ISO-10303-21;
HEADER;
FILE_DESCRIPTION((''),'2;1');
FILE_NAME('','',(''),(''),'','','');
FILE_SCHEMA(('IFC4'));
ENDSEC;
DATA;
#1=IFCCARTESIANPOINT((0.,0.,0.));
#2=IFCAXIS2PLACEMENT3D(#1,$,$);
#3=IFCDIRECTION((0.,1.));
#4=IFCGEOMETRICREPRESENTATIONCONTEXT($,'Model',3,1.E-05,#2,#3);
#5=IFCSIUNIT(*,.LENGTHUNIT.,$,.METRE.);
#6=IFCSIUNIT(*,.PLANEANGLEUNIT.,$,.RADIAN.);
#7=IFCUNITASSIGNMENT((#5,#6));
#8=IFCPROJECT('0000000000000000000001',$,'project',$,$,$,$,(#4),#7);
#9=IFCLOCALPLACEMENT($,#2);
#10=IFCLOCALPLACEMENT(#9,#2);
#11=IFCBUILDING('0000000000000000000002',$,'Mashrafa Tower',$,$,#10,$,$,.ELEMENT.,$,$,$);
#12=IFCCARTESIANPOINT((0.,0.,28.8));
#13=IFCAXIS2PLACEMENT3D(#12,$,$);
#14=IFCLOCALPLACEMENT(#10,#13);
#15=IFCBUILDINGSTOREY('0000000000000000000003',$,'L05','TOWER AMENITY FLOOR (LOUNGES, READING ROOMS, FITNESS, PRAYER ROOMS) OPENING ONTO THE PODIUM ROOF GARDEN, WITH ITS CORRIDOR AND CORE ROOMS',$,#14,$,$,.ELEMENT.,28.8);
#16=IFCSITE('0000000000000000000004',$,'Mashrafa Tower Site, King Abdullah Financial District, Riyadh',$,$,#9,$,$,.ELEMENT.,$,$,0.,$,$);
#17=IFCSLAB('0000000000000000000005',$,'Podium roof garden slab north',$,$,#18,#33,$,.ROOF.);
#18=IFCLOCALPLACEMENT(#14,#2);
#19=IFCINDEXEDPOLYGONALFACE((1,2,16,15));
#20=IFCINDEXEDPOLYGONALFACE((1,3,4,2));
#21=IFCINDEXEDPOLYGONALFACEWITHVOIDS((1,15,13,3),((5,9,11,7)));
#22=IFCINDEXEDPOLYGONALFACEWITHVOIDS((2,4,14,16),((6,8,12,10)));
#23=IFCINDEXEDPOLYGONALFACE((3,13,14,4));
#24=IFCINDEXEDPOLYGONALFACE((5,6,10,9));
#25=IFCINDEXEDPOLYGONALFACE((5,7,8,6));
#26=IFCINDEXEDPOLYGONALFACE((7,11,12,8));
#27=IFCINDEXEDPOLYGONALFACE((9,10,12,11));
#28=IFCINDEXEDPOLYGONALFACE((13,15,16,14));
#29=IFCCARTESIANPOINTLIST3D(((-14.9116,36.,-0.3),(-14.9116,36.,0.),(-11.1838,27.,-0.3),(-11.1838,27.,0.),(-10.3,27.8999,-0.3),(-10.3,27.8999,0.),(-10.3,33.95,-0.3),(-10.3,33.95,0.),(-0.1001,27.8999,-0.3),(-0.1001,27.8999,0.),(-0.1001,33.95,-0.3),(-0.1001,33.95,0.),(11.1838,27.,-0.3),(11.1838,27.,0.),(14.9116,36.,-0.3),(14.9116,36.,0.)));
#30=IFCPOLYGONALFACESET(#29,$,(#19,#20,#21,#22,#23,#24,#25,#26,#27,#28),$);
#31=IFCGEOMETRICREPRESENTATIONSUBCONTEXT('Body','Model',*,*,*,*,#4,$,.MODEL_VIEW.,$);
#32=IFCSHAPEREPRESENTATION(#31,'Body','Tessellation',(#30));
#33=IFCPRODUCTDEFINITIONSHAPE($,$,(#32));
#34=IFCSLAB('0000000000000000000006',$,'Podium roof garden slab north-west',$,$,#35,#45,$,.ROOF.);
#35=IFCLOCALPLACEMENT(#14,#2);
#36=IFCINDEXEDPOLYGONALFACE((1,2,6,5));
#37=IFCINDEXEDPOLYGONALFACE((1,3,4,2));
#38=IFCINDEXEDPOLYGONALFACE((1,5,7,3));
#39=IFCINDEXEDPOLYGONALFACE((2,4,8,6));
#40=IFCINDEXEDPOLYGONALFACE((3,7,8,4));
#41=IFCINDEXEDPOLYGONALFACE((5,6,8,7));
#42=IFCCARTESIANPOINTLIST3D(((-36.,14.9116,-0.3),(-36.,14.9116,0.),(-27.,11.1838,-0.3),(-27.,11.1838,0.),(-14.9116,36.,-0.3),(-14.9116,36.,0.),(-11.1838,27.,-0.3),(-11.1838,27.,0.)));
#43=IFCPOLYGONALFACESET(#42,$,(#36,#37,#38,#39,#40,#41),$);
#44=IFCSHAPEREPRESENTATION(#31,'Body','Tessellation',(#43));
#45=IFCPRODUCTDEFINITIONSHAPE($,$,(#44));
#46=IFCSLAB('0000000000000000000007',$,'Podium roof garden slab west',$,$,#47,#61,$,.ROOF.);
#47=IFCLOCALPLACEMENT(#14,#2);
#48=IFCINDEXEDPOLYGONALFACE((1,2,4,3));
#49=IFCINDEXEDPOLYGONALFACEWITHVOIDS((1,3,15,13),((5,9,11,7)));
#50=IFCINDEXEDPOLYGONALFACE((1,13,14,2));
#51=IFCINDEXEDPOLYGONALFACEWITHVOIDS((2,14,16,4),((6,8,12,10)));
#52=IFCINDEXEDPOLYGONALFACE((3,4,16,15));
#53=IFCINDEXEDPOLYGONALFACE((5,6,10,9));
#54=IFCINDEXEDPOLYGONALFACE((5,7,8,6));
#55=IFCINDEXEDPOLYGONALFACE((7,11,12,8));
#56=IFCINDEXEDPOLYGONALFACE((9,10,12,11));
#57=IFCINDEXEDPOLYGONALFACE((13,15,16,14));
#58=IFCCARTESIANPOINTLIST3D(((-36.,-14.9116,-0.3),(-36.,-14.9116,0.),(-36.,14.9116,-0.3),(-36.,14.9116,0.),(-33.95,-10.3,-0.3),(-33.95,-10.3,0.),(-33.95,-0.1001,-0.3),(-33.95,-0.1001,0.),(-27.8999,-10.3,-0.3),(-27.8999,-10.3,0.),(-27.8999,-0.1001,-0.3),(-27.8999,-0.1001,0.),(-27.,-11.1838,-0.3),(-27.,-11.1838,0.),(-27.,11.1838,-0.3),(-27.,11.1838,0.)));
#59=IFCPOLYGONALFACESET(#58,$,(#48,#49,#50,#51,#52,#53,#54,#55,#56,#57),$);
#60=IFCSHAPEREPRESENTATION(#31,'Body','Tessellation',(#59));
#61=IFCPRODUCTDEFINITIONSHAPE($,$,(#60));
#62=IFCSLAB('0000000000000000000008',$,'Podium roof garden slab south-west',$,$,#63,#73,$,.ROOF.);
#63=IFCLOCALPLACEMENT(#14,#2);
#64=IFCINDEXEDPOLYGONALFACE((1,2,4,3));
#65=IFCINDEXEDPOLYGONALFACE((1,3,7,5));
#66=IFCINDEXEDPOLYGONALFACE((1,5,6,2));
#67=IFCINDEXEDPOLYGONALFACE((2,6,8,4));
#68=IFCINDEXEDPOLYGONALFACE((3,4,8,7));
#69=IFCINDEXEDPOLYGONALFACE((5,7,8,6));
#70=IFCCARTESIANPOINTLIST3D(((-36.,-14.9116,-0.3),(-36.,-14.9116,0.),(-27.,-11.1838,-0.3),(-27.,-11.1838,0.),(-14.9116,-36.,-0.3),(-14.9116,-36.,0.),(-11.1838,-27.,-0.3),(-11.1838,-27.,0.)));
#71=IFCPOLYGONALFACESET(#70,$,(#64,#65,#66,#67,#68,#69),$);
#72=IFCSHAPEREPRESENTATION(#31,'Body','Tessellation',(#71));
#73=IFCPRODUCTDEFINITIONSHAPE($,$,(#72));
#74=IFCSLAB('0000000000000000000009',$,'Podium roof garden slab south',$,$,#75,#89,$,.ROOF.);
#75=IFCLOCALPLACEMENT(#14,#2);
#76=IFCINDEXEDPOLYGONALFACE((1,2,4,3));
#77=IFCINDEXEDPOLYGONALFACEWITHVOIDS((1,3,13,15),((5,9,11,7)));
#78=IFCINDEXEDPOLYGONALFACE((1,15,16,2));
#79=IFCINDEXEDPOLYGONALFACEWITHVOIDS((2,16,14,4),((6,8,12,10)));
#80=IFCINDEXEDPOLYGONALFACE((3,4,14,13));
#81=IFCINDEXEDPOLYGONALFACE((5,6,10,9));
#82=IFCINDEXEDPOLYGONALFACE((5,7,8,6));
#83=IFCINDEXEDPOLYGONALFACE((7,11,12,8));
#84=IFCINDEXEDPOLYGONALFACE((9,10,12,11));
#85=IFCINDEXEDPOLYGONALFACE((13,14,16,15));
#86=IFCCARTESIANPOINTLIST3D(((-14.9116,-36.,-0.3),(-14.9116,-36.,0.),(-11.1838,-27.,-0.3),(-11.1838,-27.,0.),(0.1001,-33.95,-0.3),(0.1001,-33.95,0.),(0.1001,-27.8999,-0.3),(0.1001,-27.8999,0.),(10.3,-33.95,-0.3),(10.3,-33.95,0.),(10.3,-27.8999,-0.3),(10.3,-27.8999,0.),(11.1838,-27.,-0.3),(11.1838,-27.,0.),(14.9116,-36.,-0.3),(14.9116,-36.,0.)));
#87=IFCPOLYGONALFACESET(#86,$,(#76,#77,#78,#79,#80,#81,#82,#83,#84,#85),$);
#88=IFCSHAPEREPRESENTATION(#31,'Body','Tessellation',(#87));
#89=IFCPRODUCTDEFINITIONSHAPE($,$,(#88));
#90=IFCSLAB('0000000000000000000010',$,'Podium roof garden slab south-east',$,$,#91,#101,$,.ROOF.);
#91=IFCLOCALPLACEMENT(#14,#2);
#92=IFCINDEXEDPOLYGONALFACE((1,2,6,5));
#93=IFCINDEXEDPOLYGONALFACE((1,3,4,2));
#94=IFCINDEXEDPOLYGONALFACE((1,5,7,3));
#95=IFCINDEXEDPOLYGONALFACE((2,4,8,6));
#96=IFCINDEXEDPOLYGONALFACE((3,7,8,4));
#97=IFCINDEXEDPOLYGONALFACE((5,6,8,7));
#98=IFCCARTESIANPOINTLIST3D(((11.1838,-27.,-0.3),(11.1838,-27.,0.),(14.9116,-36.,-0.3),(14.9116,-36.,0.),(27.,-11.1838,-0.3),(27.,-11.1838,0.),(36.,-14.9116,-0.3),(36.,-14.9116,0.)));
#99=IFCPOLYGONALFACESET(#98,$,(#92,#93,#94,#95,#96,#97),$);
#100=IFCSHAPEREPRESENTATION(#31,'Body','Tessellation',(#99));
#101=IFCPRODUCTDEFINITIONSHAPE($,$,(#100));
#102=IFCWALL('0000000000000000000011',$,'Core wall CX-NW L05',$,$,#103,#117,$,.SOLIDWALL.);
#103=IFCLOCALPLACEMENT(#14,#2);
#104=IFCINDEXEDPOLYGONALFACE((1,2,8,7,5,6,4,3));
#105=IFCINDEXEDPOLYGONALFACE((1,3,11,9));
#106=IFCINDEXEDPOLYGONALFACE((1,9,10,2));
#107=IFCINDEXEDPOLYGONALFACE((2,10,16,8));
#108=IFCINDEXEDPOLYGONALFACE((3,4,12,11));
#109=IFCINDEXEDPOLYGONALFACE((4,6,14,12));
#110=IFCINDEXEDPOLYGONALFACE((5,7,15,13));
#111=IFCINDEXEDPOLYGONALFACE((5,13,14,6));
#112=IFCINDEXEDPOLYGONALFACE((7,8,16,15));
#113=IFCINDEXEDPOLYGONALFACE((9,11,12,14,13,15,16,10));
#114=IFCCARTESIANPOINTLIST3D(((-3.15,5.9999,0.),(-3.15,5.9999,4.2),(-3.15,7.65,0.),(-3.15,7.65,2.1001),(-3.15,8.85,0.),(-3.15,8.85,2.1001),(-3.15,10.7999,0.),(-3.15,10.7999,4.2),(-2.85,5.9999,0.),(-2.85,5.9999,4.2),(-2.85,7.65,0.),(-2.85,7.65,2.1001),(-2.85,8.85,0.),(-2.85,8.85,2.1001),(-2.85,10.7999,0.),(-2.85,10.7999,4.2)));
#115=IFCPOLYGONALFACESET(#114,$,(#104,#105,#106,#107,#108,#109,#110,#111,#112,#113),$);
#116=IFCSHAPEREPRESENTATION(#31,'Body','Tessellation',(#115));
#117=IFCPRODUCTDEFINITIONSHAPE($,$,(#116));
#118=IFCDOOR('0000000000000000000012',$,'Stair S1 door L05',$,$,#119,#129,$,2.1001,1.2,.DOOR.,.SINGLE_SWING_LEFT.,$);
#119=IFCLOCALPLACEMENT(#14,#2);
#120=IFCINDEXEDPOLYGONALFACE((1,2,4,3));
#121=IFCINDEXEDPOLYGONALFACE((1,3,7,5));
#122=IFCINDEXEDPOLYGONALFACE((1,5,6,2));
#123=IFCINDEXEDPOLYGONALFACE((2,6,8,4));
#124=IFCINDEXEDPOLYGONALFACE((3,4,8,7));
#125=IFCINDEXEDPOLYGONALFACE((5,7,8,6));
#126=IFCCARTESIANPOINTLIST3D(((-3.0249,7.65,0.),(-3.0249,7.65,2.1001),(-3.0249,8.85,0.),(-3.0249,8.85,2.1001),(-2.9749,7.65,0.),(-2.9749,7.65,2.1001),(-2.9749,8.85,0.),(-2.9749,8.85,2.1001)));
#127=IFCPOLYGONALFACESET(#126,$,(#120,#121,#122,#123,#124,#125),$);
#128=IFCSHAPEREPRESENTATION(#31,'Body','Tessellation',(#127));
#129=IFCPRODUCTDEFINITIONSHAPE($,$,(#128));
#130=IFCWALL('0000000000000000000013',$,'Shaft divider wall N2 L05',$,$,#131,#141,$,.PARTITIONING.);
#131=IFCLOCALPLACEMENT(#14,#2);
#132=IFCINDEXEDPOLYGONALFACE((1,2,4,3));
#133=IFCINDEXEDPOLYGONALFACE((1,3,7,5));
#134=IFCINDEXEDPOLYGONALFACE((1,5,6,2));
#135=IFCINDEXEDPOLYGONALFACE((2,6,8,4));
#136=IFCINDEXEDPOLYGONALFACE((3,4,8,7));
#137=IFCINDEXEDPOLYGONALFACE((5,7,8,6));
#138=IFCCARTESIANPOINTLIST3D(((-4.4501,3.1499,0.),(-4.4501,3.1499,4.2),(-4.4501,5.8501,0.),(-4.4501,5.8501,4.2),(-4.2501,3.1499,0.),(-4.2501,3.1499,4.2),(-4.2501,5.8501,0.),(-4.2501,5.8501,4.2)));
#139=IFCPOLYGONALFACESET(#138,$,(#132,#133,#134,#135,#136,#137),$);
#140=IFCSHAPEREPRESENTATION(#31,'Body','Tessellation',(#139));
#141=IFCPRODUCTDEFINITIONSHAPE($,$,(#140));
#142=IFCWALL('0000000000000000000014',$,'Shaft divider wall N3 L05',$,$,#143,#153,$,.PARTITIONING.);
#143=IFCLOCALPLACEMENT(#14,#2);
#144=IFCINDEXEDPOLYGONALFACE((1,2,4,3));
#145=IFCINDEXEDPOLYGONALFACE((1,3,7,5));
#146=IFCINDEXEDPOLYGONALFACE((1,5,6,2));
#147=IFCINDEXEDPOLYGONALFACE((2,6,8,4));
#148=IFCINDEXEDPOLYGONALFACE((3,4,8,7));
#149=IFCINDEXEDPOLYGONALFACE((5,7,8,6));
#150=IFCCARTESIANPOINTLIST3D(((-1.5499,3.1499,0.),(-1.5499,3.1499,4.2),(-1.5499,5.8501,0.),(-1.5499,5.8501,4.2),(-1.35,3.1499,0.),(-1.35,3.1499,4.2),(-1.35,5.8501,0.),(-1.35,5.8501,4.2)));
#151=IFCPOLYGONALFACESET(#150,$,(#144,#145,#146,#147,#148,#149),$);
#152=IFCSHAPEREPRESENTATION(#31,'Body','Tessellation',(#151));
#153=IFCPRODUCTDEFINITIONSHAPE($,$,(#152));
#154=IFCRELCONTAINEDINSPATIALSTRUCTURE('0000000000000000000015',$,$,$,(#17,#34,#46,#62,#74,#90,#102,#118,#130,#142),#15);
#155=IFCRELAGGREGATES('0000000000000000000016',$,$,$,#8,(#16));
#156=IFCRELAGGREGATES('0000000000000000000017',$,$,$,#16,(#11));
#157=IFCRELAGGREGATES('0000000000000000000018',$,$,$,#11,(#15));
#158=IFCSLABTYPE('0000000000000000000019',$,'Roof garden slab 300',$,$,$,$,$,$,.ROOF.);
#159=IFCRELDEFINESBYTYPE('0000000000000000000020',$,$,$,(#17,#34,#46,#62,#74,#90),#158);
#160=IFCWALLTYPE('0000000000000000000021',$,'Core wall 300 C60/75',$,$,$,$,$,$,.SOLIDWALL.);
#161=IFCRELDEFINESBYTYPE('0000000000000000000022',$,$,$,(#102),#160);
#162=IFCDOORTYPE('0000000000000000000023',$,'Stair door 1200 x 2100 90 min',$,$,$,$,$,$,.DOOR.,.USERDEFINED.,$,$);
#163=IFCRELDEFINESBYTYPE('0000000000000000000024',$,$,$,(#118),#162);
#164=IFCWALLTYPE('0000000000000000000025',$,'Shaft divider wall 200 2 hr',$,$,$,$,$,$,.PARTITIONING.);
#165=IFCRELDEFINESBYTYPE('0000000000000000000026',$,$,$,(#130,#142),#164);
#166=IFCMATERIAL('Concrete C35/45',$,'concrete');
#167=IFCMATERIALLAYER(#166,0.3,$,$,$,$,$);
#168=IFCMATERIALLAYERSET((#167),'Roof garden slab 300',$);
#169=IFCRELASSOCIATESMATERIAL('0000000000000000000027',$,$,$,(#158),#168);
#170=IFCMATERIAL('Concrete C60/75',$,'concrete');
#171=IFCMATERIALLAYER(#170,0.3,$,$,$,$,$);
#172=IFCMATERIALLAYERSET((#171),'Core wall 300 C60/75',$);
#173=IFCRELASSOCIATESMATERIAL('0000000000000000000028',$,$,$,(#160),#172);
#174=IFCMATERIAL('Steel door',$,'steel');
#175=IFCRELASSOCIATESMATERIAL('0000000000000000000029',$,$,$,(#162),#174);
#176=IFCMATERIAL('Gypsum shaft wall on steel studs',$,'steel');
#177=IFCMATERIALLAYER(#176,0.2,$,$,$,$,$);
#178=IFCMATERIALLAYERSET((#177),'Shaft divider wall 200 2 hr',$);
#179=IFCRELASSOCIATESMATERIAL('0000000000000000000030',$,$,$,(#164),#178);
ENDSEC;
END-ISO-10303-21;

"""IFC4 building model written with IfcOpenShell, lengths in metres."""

from ifc_helpers import new_model, si_unit, direction, frame, frame_2d, origin, place, context, subcontext, project, spatial, polyline, rectangle, outline, extrude, material, layer, layer_set, type_object, element, fill, save


model = new_model("IFC4")

# Units and contexts
model_context = context("Model", 3, precision=1e-05, world=origin(), true_north=direction((0.0, 1.0)))
body_context = subcontext(model_context, "Body", "Model", "MODEL_VIEW")
ifc_project = project(units=[si_unit("LENGTHUNIT", "METRE"), si_unit("PLANEANGLEUNIT", "RADIAN")], contexts=[model_context])

# Site, building, storey
site_placement = place(None, origin())
site = spatial("IfcSite", under=ifc_project, at=site_placement, Name="Mashrafa Tower Site, King Abdullah Financial District, Riyadh", CompositionType="ELEMENT", RefElevation=0.0)
building_placement = place(site_placement, origin())
building = spatial("IfcBuilding", under=site, at=building_placement, Name="Mashrafa Tower", CompositionType="ELEMENT")
storey_placement = place(building_placement, frame((0.0, 0.0, 28.8)))
storey = spatial("IfcBuildingStorey", under=building, at=storey_placement, Name="L05", Description="TOWER AMENITY FLOOR (LOUNGES, READING ROOMS, FITNESS, PRAYER ROOMS) OPENING ONTO THE PODIUM ROOF GARDEN, WITH ITS CORRIDOR AND CORE ROOMS", CompositionType="ELEMENT", Elevation=28.8)

# Slabs
ifc_material_1 = material(Name="Concrete C35/45", Category="concrete")
ifc_layer_1 = layer(ifc_material_1, 0.3)
ifc_layer_set_1 = layer_set([ifc_layer_1], Name="Roof garden slab 300")
slab_type_1 = type_object("IfcSlabType", Name="Roof garden slab 300", PredefinedType="ROOF", material=ifc_layer_set_1)
slab_1_placement = place(storey_placement, frame((0.0, 0.0, -0.3)))
element("IfcSlab", 1, at=slab_1_placement, inside=storey, type_object=slab_type_1, Name="Podium roof garden slab north", PredefinedType="ROOF", context=body_context, shape_type="SweptSolid", body=[
    extrude(outline(polyline([(-14.9116, 36.0), (14.9116, 36.0), (14.9116, 36.0), (11.1838, 27.0), (-11.1838, 27.0), (-14.9116, 36.0)]), holes=[polyline([(-0.1001, 33.95), (-10.3, 33.95), (-10.3, 27.8999), (-0.1001, 27.8999), (-0.1001, 33.95)])]), origin(), (0.0, 0.0, 1.0), 0.3),
])
slab_2_placement = place(storey_placement, frame((0.0, 0.0, -0.3)))
element("IfcSlab", 2, at=slab_2_placement, inside=storey, type_object=slab_type_1, Name="Podium roof garden slab north-west", PredefinedType="ROOF", context=body_context, shape_type="SweptSolid", body=[
    extrude(outline(polyline([(-14.9116, 36.0), (-11.1838, 27.0), (-27.0, 11.1838), (-36.0, 14.9116), (-14.9116, 36.0)])), origin(), (0.0, 0.0, 1.0), 0.3),
])
slab_3_placement = place(storey_placement, frame((0.0, 0.0, -0.3)))
element("IfcSlab", 3, at=slab_3_placement, inside=storey, type_object=slab_type_1, Name="Podium roof garden slab west", PredefinedType="ROOF", context=body_context, shape_type="SweptSolid", body=[
    extrude(outline(polyline([(-36.0, -14.9116), (-36.0, 14.9116), (-36.0, 14.9116), (-27.0, 11.1838), (-27.0, -11.1838), (-36.0, -14.9116)]), holes=[polyline([(-33.95, -0.1001), (-33.95, -10.3), (-27.8999, -10.3), (-27.8999, -0.1001), (-33.95, -0.1001)])]), origin(), (0.0, 0.0, 1.0), 0.3),
])
slab_4_placement = place(storey_placement, frame((0.0, 0.0, -0.3)))
element("IfcSlab", 4, at=slab_4_placement, inside=storey, type_object=slab_type_1, Name="Podium roof garden slab south-west", PredefinedType="ROOF", context=body_context, shape_type="SweptSolid", body=[
    extrude(outline(polyline([(-36.0, -14.9116), (-27.0, -11.1838), (-11.1838, -27.0), (-14.9116, -36.0), (-36.0, -14.9116)])), origin(), (0.0, 0.0, 1.0), 0.3),
])
slab_5_placement = place(storey_placement, frame((0.0, 0.0, -0.3)))
element("IfcSlab", 5, at=slab_5_placement, inside=storey, type_object=slab_type_1, Name="Podium roof garden slab south", PredefinedType="ROOF", context=body_context, shape_type="SweptSolid", body=[
    extrude(outline(polyline([(-14.9116, -36.0), (-11.1838, -27.0), (11.1838, -27.0), (14.9116, -36.0), (-14.9116, -36.0)]), holes=[polyline([(0.1001, -27.8999), (0.1001, -33.95), (10.3, -33.95), (10.3, -27.8999), (0.1001, -27.8999)])]), origin(), (0.0, 0.0, 1.0), 0.3),
])
slab_6_placement = place(storey_placement, frame((0.0, 0.0, -0.3)))
element("IfcSlab", 6, at=slab_6_placement, inside=storey, type_object=slab_type_1, Name="Podium roof garden slab south-east", PredefinedType="ROOF", context=body_context, shape_type="SweptSolid", body=[
    extrude(outline(polyline([(14.9116, -36.0), (11.1838, -27.0), (27.0, -11.1838), (36.0, -14.9116), (14.9116, -36.0)])), origin(), (0.0, 0.0, 1.0), 0.3),
])

# Wall, opening, door
ifc_material_2 = material(Name="Concrete C60/75", Category="concrete")
ifc_layer_2 = layer(ifc_material_2, 0.3)
ifc_layer_set_2 = layer_set([ifc_layer_2], Name="Core wall 300 C60/75")
wall_type_1 = type_object("IfcWallType", Name="Core wall 300 C60/75", PredefinedType="SOLIDWALL", material=ifc_layer_set_2)
wall_placement = place(storey_placement, frame((-3.0, 6.0, 0.0), z_axis=(0.0, 0.0, 1.0), x_axis=(0.0, 1.0, 0.0)))
wall = element("IfcWall", 7, at=wall_placement, inside=storey, type_object=wall_type_1, Name="Core wall CX-NW L05", PredefinedType="SOLIDWALL", context=body_context, shape_type="SweptSolid", body=[
    extrude(rectangle(XDim=4.8, YDim=0.3, at=frame_2d((2.3999, 0.0))), origin(), (0.0, 0.0, 1.0), 4.2),
])
opening_placement = place(wall_placement, frame((1.6499, 0.0, 0.0)))
opening = element("IfcOpeningElement", 8, at=opening_placement, cuts=wall, PredefinedType="OPENING", context=body_context, shape_type="SweptSolid", body=[
    extrude(rectangle(XDim=1.2, YDim=2.1001, at=frame_2d((0.6001, 1.05))), frame((0.0, 0.1599, 0.0), z_axis=(0.0, -1.0, 0.0), x_axis=(1.0, 0.0, 0.0)), (0.0, 0.0, 1.0), 0.3201),
])
ifc_material_3 = material(Name="Steel door", Category="steel")
door_type = type_object("IfcDoorType", Name="Stair door 1200 x 2100 90 min", OperationType="USERDEFINED", PredefinedType="DOOR", material=ifc_material_3)
door_placement = place(opening_placement, origin())
door = element("IfcDoor", 9, at=door_placement, inside=storey, type_object=door_type, Name="Stair S1 door L05", OperationType="SINGLE_SWING_LEFT", OverallHeight=2.1001, OverallWidth=1.2, PredefinedType="DOOR", context=body_context, shape_type="SweptSolid", body=[
    extrude(rectangle(XDim=1.2, YDim=2.1001, at=frame_2d((0.6001, 1.05))), frame((0.0, 0.0249, 0.0), z_axis=(0.0, -1.0, 0.0), x_axis=(1.0, 0.0, 0.0)), (0.0, 0.0, 1.0), 0.05),
])
fill(opening, door)

# Walls
ifc_material_4 = material(Name="Gypsum shaft wall on steel studs", Category="steel")
ifc_layer_3 = layer(ifc_material_4, 0.2)
ifc_layer_set_3 = layer_set([ifc_layer_3], Name="Shaft divider wall 200 2 hr")
wall_type_2 = type_object("IfcWallType", Name="Shaft divider wall 200 2 hr", PredefinedType="PARTITIONING", material=ifc_layer_set_3)
for number, where, z_axis, x_axis, name in (
    (10, (-4.3501, 3.1499, 0.0), (0.0, 0.0, 1.0), (0.0, 1.0, 0.0), "Shaft divider wall N2 L05"),
    (11, (-1.45, 3.1499, 0.0), (0.0, 0.0, 1.0), (0.0, 1.0, 0.0), "Shaft divider wall N3 L05"),
):
    element("IfcWall", number, at=place(storey_placement, frame(where, z_axis=z_axis, x_axis=x_axis)), inside=storey, type_object=wall_type_2, Name=name, PredefinedType="PARTITIONING", context=body_context, shape_type="SweptSolid", body=[
        extrude(rectangle(XDim=2.7002, YDim=0.2, at=frame_2d((1.3501, 0.0))), origin(), (0.0, 0.0, 1.0), 4.2),
    ])

save(model, "model.ifc")
